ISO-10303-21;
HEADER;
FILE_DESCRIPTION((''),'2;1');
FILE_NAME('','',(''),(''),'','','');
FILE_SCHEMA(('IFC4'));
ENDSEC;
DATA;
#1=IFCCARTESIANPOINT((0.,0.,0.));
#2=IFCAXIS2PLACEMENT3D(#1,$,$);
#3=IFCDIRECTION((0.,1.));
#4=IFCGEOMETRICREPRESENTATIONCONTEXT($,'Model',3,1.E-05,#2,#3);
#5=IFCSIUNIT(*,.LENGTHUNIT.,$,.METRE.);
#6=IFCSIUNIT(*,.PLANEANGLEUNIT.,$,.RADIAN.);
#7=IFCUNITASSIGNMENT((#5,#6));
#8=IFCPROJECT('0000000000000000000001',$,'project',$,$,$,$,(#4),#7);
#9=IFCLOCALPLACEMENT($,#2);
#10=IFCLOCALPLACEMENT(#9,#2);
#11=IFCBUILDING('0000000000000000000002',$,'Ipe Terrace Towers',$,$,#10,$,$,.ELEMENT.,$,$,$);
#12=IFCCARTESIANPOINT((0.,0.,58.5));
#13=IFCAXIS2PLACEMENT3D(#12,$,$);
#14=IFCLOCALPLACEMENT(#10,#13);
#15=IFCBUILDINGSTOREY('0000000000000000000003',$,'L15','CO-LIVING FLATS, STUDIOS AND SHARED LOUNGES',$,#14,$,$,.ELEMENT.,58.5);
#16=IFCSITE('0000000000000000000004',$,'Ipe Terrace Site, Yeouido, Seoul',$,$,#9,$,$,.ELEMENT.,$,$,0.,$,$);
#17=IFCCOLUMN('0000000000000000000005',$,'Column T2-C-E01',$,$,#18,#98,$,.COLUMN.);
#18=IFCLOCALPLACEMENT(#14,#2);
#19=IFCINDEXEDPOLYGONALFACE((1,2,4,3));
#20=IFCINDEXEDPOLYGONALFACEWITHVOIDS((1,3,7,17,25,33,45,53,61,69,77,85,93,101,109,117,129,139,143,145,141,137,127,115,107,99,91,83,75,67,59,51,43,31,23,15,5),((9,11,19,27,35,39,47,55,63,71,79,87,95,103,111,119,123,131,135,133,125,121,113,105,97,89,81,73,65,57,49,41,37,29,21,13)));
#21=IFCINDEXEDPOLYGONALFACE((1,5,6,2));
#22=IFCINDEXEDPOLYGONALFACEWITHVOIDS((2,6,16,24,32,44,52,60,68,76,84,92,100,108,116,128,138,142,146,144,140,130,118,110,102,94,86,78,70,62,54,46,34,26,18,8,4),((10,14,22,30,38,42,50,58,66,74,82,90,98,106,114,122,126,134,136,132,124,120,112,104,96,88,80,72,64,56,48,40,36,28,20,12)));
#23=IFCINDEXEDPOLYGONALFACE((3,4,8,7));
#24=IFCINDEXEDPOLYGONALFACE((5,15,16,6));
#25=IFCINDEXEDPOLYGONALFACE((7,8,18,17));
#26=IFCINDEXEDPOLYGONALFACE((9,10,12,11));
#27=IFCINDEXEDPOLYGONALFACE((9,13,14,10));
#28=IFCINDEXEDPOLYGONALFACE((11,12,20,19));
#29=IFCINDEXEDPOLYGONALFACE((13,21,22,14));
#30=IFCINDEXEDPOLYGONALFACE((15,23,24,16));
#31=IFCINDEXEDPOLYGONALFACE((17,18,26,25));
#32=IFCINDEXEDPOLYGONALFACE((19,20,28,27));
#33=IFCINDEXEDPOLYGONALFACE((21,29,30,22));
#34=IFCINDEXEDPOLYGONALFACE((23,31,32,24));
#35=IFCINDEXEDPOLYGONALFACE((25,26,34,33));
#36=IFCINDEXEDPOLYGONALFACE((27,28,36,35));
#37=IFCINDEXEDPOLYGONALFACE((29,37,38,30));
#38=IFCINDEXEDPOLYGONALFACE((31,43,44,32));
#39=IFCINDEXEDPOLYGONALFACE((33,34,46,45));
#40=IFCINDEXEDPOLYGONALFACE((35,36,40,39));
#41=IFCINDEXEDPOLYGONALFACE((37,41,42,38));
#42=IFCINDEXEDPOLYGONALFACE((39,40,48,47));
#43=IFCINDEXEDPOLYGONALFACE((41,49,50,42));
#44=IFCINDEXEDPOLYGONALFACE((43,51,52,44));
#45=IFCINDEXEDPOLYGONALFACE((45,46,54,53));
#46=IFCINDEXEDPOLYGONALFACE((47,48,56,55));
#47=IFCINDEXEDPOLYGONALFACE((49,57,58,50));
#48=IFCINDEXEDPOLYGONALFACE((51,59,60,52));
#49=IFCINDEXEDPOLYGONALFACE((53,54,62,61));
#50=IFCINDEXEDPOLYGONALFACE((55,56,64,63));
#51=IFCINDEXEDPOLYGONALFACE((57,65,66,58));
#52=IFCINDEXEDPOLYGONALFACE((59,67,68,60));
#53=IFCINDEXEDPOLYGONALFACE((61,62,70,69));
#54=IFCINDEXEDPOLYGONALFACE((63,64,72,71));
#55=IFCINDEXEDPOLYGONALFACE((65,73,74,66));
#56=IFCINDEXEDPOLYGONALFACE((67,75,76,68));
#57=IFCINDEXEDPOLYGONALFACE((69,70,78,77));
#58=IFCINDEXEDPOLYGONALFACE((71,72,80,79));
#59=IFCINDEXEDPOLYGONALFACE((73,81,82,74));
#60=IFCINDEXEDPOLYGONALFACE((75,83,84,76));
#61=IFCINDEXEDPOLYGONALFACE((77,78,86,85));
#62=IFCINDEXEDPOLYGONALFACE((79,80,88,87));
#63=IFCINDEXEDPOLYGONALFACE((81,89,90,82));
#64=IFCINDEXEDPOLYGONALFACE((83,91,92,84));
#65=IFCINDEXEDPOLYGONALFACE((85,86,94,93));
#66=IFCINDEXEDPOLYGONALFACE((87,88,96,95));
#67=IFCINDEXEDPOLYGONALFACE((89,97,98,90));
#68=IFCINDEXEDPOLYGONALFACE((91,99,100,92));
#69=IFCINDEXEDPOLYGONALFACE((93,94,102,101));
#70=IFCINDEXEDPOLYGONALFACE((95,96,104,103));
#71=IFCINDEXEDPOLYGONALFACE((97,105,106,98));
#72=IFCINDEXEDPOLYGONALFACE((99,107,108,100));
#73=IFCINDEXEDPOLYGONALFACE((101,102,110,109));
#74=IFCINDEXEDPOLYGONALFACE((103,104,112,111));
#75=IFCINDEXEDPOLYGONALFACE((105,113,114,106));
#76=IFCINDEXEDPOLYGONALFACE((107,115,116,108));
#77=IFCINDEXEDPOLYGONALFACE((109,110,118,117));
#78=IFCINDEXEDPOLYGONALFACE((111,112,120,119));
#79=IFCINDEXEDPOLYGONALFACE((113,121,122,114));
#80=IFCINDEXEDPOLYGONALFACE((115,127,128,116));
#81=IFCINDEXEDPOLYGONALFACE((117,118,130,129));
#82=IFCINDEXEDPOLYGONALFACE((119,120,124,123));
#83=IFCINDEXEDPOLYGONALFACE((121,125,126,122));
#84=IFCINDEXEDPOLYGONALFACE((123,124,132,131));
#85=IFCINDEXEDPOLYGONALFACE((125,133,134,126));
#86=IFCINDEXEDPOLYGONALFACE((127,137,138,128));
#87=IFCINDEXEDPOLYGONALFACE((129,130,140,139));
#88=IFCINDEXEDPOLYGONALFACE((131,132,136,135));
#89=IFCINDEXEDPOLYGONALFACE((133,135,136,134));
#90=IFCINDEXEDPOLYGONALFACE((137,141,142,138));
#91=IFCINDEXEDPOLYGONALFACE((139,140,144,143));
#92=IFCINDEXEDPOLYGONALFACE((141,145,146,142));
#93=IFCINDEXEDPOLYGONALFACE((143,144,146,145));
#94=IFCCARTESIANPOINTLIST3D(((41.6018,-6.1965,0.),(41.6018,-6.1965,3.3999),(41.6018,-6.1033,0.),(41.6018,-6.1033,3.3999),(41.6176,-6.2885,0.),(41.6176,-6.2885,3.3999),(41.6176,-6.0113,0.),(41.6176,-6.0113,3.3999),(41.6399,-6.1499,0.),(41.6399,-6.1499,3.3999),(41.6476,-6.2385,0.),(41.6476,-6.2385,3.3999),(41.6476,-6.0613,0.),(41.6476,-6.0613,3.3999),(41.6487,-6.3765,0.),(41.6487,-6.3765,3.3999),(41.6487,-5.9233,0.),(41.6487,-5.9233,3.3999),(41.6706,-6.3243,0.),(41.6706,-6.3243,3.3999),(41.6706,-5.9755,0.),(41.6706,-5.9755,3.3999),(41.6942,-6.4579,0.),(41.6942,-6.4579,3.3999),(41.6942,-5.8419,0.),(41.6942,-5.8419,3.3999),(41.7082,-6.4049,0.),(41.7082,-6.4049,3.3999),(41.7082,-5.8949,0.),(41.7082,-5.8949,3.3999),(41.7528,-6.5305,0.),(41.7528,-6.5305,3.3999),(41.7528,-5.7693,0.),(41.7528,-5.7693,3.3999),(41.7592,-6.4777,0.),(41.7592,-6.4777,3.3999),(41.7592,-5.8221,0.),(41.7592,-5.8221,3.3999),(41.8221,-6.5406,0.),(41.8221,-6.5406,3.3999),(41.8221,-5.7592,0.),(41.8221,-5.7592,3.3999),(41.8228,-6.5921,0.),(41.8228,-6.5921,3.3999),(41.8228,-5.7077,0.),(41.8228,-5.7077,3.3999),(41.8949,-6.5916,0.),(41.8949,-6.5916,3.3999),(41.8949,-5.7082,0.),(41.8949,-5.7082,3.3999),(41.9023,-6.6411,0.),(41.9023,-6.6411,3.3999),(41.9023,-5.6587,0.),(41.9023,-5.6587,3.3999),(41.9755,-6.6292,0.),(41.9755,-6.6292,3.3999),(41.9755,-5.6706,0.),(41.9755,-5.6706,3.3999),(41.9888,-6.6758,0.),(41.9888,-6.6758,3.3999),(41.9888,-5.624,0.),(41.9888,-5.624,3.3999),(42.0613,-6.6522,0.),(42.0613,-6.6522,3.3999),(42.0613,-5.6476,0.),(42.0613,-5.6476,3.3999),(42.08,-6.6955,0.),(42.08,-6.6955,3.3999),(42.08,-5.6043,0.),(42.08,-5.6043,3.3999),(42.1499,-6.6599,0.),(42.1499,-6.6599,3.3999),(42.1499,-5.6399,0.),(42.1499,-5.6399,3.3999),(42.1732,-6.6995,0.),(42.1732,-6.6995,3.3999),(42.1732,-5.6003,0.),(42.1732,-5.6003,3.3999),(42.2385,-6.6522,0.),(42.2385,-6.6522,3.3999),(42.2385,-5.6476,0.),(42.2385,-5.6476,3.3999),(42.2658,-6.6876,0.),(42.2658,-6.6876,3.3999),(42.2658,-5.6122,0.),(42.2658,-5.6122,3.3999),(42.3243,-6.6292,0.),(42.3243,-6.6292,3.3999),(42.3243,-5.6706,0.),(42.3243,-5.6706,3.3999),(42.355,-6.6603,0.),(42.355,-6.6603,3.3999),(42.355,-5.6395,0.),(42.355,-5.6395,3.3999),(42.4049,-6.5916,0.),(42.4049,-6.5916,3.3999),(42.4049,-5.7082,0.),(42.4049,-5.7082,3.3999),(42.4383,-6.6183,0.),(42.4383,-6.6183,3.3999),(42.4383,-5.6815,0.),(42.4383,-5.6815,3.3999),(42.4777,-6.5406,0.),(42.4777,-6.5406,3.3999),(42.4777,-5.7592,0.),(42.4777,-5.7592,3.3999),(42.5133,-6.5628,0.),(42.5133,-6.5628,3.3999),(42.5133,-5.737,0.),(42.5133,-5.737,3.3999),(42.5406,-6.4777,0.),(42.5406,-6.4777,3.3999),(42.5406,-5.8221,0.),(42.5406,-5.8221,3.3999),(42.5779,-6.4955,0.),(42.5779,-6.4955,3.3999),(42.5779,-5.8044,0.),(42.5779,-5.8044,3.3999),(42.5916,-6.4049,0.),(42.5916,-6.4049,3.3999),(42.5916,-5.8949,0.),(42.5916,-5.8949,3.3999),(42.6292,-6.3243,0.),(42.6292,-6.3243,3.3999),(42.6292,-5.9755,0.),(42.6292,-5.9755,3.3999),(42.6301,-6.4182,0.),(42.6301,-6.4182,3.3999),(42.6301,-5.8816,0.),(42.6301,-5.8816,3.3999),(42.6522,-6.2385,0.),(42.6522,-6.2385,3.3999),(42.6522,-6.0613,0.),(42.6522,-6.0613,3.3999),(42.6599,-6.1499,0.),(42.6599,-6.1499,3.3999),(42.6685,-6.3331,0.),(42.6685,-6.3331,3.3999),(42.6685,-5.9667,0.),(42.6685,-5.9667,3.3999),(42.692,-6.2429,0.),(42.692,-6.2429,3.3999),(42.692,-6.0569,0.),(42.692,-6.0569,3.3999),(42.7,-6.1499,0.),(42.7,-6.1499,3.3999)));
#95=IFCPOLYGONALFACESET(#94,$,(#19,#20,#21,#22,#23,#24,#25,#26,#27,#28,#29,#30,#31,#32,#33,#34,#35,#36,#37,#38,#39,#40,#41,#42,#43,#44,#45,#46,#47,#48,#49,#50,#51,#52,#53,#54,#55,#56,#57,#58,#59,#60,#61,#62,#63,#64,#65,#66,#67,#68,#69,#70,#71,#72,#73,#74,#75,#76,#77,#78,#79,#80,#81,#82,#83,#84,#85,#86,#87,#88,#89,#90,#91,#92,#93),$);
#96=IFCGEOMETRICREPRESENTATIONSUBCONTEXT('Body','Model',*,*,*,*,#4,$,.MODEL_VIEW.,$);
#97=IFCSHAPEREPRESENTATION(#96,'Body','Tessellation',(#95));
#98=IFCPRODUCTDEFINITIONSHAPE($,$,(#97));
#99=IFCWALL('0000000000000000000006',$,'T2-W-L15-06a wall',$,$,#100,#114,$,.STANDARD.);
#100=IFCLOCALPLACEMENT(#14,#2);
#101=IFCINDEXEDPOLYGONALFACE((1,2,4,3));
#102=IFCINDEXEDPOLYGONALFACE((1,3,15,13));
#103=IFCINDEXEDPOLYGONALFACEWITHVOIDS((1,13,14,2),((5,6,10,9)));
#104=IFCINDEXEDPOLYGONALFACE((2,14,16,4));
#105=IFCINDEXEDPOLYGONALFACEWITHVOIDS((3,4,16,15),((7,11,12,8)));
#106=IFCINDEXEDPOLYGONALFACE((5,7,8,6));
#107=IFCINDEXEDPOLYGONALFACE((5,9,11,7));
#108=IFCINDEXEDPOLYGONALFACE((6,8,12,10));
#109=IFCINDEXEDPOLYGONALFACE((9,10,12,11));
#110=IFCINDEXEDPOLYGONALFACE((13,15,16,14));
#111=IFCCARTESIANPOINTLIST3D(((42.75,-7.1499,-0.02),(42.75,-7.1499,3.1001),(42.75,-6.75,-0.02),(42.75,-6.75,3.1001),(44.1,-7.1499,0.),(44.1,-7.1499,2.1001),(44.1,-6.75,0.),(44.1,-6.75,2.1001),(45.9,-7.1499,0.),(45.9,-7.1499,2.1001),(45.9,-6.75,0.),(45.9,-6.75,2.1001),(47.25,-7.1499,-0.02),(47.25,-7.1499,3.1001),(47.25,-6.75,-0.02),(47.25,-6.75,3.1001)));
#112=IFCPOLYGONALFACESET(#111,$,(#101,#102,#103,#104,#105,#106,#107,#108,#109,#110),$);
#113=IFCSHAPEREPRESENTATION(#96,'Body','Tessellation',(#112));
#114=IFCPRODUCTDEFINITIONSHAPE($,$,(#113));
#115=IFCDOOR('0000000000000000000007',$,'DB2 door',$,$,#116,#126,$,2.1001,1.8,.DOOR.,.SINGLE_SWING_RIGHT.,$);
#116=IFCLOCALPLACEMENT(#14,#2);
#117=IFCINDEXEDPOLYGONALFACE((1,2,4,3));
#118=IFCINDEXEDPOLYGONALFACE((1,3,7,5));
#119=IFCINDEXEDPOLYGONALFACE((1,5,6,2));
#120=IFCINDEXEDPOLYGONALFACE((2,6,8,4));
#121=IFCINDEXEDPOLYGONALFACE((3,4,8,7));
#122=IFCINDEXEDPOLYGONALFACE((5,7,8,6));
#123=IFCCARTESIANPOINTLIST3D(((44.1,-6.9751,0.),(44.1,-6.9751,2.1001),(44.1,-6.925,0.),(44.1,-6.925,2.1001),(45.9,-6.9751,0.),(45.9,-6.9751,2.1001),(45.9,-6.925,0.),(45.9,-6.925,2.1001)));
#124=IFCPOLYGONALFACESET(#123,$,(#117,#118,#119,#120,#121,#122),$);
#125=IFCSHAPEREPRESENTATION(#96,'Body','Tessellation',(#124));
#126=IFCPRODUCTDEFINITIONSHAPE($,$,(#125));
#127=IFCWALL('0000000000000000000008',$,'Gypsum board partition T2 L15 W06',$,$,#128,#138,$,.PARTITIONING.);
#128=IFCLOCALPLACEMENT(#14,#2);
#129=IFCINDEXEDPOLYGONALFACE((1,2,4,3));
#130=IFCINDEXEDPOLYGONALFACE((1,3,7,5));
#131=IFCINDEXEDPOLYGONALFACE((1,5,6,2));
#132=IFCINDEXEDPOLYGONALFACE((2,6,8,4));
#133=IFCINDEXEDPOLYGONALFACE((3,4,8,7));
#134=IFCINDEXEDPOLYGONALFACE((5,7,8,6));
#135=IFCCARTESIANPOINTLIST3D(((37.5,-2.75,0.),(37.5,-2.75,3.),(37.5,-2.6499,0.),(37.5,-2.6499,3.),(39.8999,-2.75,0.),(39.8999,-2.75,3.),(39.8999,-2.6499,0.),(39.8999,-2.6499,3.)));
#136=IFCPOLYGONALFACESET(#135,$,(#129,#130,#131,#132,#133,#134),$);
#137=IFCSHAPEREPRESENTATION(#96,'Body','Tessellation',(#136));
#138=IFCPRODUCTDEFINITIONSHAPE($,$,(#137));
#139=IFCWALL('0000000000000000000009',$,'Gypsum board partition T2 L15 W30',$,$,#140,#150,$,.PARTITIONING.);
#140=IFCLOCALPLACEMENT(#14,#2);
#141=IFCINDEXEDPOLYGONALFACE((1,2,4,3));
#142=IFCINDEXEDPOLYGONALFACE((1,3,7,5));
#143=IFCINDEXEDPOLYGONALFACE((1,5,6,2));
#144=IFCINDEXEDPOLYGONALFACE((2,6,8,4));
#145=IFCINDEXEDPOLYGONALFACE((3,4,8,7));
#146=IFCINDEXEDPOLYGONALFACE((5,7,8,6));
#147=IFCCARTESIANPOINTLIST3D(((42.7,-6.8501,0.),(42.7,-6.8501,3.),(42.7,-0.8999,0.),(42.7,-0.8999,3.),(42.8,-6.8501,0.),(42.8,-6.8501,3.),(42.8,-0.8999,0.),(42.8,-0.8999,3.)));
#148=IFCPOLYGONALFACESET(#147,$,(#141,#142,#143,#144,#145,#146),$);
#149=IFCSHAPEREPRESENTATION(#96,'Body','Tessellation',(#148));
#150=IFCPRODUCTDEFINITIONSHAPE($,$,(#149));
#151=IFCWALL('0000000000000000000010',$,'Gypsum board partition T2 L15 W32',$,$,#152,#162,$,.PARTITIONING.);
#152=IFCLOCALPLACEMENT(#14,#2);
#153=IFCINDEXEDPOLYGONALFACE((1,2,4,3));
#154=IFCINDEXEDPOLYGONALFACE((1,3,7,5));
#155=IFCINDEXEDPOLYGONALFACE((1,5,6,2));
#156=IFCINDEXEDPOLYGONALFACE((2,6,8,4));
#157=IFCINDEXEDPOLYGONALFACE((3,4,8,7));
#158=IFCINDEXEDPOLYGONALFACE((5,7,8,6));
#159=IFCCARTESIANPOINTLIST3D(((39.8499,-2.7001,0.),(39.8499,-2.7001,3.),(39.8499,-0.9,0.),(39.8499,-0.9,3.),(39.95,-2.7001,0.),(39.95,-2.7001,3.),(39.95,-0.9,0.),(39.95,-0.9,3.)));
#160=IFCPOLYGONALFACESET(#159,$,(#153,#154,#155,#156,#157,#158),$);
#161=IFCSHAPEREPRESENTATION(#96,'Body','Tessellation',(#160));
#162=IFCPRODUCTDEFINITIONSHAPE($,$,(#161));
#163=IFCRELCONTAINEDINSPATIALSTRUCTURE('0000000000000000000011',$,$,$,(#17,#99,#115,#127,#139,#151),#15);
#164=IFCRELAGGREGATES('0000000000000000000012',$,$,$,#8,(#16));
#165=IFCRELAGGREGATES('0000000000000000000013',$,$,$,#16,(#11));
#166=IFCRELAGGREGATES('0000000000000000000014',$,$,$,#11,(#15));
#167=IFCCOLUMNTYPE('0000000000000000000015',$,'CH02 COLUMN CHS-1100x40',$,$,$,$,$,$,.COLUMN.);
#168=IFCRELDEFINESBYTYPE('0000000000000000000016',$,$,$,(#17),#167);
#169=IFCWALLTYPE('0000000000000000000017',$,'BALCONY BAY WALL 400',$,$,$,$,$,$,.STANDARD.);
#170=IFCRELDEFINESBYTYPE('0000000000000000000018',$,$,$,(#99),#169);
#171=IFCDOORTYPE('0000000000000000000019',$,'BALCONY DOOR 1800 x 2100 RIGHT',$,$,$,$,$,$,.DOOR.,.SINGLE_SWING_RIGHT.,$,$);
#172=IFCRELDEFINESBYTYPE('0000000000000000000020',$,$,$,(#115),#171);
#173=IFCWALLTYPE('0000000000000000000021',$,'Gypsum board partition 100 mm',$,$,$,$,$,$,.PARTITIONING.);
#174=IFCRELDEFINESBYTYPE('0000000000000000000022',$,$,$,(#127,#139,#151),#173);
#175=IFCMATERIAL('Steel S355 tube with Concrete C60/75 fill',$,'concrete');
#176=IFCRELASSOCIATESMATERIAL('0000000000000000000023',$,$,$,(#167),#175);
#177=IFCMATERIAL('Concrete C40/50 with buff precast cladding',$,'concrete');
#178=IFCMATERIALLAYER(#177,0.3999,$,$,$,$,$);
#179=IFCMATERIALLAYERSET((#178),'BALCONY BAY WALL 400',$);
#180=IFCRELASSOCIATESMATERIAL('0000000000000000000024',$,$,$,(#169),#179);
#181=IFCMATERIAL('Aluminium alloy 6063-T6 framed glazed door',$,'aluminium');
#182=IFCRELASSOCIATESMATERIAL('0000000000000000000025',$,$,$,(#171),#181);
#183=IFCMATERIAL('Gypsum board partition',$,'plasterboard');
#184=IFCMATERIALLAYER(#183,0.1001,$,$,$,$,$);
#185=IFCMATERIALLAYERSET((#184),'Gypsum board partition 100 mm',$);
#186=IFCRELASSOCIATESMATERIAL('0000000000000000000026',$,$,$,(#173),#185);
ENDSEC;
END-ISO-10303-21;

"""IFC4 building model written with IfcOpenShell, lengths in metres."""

from ifc_helpers import new_model, si_unit, direction, frame, frame_2d, origin, origin_2d, place, context, subcontext, project, spatial, rectangle, hollow_circle, extrude, material, layer, layer_set, material_profile, profile_set, type_object, element, fill, save


model = new_model("IFC4")

# Units and contexts
model_context = context("Model", 3, precision=1e-05, world=origin(), true_north=direction((0.0, 1.0)))
body_context = subcontext(model_context, "Body", "Model", "MODEL_VIEW")
ifc_project = project(units=[si_unit("LENGTHUNIT", "METRE"), si_unit("PLANEANGLEUNIT", "RADIAN")], contexts=[model_context])

# Site, building, storey
site_placement = place(None, origin())
site = spatial("IfcSite", under=ifc_project, at=site_placement, Name="Ipe Terrace Site, Yeouido, Seoul", CompositionType="ELEMENT", RefElevation=0.0)
building_placement = place(site_placement, origin())
building = spatial("IfcBuilding", under=site, at=building_placement, Name="Ipe Terrace Towers", CompositionType="ELEMENT")
storey_placement = place(building_placement, frame((0.0, 0.0, 58.5)))
storey = spatial("IfcBuildingStorey", under=building, at=storey_placement, Name="L15", Description="CO-LIVING FLATS, STUDIOS AND SHARED LOUNGES", CompositionType="ELEMENT", Elevation=58.5)

# Column
ifc_material_1 = material(Name="Steel S355 tube with Concrete C60/75 fill", Category="concrete")
ifc_material_profile = material_profile(ifc_material_1, hollow_circle(Radius=0.55, WallThickness=0.04, at=origin_2d()), Name="CHS-1100x40")
ifc_profile_set = profile_set([ifc_material_profile], Name="Steel S355 tube with Concrete C60/75 fill")
column_type = type_object("IfcColumnType", Name="CH02 COLUMN CHS-1100x40", PredefinedType="COLUMN", material=ifc_profile_set)
column_placement = place(storey_placement, frame((42.1499, -6.1499, 0.0), z_axis=(0.0, 0.0, 1.0), x_axis=(1.0, 0.0, 0.0)))
element("IfcColumn", 1, at=column_placement, inside=storey, type_object=column_type, Name="Column T2-C-E01", PredefinedType="COLUMN", context=body_context, shape_type="SweptSolid", body=[
    extrude(hollow_circle(Radius=0.55, WallThickness=0.04, at=origin_2d()), origin(), (0.0, 0.0, 1.0), 3.3999),
])

# Wall, opening, door
ifc_material_2 = material(Name="Concrete C40/50 with buff precast cladding", Category="concrete")
ifc_layer_1 = layer(ifc_material_2, 0.3999)
ifc_layer_set_1 = layer_set([ifc_layer_1], Name="BALCONY BAY WALL 400")
wall_type_1 = type_object("IfcWallType", Name="BALCONY BAY WALL 400", PredefinedType="STANDARD", material=ifc_layer_set_1)
wall_1_placement = place(storey_placement, frame((42.75, -6.95, -0.02), z_axis=(0.0, 0.0, 1.0), x_axis=(1.0, 0.0, 0.0)))
wall_1 = element("IfcWall", 2, at=wall_1_placement, inside=storey, type_object=wall_type_1, Name="T2-W-L15-06a wall", PredefinedType="STANDARD", context=body_context, shape_type="SweptSolid", body=[
    extrude(rectangle(XDim=4.5, YDim=0.3999, at=frame_2d((2.25, 0.0))), origin(), (0.0, 0.0, 1.0), 3.1201),
])
opening_1_placement = place(wall_1_placement, frame((1.3501, 0.0, 0.02)))
opening_1 = element("IfcOpeningElement", 3, at=opening_1_placement, cuts=wall_1, PredefinedType="OPENING", context=body_context, shape_type="SweptSolid", body=[
    extrude(rectangle(XDim=1.8, YDim=2.1001, at=frame_2d((0.8999, 1.05))), frame((0.0, 0.21, 0.0), z_axis=(0.0, -1.0, 0.0), x_axis=(1.0, 0.0, 0.0)), (0.0, 0.0, 1.0), 0.4199),
])
ifc_material_3 = material(Name="Aluminium alloy 6063-T6 framed glazed door", Category="aluminium")
door_type_1 = type_object("IfcDoorType", Name="BALCONY DOOR 1800 x 2100 RIGHT", OperationType="SINGLE_SWING_RIGHT", PredefinedType="DOOR", material=ifc_material_3)
door_1_placement = place(opening_1_placement, origin())
door_1 = element("IfcDoor", 4, at=door_1_placement, inside=storey, type_object=door_type_1, Name="DB2 door", OperationType="SINGLE_SWING_RIGHT", OverallHeight=2.1001, OverallWidth=1.8, PredefinedType="DOOR", context=body_context, shape_type="SweptSolid", body=[
    extrude(rectangle(XDim=1.8, YDim=2.1001, at=frame_2d((0.8999, 1.05))), frame((0.0, 0.0249, 0.0), z_axis=(0.0, -1.0, 0.0), x_axis=(1.0, 0.0, 0.0)), (0.0, 0.0, 1.0), 0.05),
])
fill(opening_1, door_1)

# Walls
ifc_material_4 = material(Name="Gypsum board partition", Category="plasterboard")
ifc_layer_2 = layer(ifc_material_4, 0.1001)
ifc_layer_set_2 = layer_set([ifc_layer_2], Name="Gypsum board partition 100 mm")
wall_type_2 = type_object("IfcWallType", Name="Gypsum board partition 100 mm", PredefinedType="PARTITIONING", material=ifc_layer_set_2)
wall_2_placement = place(storey_placement, frame((39.8999, -2.7, 0.0), z_axis=(0.0, 0.0, 1.0), x_axis=(-1.0, 0.0, 0.0)))
element("IfcWall", 5, at=wall_2_placement, inside=storey, type_object=wall_type_2, Name="Gypsum board partition T2 L15 W06", PredefinedType="PARTITIONING", context=body_context, shape_type="SweptSolid", body=[
    extrude(rectangle(XDim=2.3999, YDim=0.1001, at=frame_2d((1.2, 0.0))), origin(), (0.0, 0.0, 1.0), 3.0),
])
wall_3_placement = place(storey_placement, frame((42.75, -6.8501, 0.0), z_axis=(0.0, 0.0, 1.0), x_axis=(0.0, 1.0, 0.0)))
element("IfcWall", 6, at=wall_3_placement, inside=storey, type_object=wall_type_2, Name="Gypsum board partition T2 L15 W30", PredefinedType="PARTITIONING", context=body_context, shape_type="SweptSolid", body=[
    extrude(rectangle(XDim=5.9502, YDim=0.1001, at=frame_2d((2.9751, 0.0))), origin(), (0.0, 0.0, 1.0), 3.0),
])
wall_4_placement = place(storey_placement, frame((39.8999, -2.7, 0.0), z_axis=(0.0, 0.0, 1.0), x_axis=(0.0, 1.0, 0.0)))
element("IfcWall", 7, at=wall_4_placement, inside=storey, type_object=wall_type_2, Name="Gypsum board partition T2 L15 W32", PredefinedType="PARTITIONING", context=body_context, shape_type="SweptSolid", body=[
    extrude(rectangle(XDim=1.8, YDim=0.1001, at=frame_2d((0.8999, 0.0))), origin(), (0.0, 0.0, 1.0), 3.0),
])

save(model, "model.ifc")
